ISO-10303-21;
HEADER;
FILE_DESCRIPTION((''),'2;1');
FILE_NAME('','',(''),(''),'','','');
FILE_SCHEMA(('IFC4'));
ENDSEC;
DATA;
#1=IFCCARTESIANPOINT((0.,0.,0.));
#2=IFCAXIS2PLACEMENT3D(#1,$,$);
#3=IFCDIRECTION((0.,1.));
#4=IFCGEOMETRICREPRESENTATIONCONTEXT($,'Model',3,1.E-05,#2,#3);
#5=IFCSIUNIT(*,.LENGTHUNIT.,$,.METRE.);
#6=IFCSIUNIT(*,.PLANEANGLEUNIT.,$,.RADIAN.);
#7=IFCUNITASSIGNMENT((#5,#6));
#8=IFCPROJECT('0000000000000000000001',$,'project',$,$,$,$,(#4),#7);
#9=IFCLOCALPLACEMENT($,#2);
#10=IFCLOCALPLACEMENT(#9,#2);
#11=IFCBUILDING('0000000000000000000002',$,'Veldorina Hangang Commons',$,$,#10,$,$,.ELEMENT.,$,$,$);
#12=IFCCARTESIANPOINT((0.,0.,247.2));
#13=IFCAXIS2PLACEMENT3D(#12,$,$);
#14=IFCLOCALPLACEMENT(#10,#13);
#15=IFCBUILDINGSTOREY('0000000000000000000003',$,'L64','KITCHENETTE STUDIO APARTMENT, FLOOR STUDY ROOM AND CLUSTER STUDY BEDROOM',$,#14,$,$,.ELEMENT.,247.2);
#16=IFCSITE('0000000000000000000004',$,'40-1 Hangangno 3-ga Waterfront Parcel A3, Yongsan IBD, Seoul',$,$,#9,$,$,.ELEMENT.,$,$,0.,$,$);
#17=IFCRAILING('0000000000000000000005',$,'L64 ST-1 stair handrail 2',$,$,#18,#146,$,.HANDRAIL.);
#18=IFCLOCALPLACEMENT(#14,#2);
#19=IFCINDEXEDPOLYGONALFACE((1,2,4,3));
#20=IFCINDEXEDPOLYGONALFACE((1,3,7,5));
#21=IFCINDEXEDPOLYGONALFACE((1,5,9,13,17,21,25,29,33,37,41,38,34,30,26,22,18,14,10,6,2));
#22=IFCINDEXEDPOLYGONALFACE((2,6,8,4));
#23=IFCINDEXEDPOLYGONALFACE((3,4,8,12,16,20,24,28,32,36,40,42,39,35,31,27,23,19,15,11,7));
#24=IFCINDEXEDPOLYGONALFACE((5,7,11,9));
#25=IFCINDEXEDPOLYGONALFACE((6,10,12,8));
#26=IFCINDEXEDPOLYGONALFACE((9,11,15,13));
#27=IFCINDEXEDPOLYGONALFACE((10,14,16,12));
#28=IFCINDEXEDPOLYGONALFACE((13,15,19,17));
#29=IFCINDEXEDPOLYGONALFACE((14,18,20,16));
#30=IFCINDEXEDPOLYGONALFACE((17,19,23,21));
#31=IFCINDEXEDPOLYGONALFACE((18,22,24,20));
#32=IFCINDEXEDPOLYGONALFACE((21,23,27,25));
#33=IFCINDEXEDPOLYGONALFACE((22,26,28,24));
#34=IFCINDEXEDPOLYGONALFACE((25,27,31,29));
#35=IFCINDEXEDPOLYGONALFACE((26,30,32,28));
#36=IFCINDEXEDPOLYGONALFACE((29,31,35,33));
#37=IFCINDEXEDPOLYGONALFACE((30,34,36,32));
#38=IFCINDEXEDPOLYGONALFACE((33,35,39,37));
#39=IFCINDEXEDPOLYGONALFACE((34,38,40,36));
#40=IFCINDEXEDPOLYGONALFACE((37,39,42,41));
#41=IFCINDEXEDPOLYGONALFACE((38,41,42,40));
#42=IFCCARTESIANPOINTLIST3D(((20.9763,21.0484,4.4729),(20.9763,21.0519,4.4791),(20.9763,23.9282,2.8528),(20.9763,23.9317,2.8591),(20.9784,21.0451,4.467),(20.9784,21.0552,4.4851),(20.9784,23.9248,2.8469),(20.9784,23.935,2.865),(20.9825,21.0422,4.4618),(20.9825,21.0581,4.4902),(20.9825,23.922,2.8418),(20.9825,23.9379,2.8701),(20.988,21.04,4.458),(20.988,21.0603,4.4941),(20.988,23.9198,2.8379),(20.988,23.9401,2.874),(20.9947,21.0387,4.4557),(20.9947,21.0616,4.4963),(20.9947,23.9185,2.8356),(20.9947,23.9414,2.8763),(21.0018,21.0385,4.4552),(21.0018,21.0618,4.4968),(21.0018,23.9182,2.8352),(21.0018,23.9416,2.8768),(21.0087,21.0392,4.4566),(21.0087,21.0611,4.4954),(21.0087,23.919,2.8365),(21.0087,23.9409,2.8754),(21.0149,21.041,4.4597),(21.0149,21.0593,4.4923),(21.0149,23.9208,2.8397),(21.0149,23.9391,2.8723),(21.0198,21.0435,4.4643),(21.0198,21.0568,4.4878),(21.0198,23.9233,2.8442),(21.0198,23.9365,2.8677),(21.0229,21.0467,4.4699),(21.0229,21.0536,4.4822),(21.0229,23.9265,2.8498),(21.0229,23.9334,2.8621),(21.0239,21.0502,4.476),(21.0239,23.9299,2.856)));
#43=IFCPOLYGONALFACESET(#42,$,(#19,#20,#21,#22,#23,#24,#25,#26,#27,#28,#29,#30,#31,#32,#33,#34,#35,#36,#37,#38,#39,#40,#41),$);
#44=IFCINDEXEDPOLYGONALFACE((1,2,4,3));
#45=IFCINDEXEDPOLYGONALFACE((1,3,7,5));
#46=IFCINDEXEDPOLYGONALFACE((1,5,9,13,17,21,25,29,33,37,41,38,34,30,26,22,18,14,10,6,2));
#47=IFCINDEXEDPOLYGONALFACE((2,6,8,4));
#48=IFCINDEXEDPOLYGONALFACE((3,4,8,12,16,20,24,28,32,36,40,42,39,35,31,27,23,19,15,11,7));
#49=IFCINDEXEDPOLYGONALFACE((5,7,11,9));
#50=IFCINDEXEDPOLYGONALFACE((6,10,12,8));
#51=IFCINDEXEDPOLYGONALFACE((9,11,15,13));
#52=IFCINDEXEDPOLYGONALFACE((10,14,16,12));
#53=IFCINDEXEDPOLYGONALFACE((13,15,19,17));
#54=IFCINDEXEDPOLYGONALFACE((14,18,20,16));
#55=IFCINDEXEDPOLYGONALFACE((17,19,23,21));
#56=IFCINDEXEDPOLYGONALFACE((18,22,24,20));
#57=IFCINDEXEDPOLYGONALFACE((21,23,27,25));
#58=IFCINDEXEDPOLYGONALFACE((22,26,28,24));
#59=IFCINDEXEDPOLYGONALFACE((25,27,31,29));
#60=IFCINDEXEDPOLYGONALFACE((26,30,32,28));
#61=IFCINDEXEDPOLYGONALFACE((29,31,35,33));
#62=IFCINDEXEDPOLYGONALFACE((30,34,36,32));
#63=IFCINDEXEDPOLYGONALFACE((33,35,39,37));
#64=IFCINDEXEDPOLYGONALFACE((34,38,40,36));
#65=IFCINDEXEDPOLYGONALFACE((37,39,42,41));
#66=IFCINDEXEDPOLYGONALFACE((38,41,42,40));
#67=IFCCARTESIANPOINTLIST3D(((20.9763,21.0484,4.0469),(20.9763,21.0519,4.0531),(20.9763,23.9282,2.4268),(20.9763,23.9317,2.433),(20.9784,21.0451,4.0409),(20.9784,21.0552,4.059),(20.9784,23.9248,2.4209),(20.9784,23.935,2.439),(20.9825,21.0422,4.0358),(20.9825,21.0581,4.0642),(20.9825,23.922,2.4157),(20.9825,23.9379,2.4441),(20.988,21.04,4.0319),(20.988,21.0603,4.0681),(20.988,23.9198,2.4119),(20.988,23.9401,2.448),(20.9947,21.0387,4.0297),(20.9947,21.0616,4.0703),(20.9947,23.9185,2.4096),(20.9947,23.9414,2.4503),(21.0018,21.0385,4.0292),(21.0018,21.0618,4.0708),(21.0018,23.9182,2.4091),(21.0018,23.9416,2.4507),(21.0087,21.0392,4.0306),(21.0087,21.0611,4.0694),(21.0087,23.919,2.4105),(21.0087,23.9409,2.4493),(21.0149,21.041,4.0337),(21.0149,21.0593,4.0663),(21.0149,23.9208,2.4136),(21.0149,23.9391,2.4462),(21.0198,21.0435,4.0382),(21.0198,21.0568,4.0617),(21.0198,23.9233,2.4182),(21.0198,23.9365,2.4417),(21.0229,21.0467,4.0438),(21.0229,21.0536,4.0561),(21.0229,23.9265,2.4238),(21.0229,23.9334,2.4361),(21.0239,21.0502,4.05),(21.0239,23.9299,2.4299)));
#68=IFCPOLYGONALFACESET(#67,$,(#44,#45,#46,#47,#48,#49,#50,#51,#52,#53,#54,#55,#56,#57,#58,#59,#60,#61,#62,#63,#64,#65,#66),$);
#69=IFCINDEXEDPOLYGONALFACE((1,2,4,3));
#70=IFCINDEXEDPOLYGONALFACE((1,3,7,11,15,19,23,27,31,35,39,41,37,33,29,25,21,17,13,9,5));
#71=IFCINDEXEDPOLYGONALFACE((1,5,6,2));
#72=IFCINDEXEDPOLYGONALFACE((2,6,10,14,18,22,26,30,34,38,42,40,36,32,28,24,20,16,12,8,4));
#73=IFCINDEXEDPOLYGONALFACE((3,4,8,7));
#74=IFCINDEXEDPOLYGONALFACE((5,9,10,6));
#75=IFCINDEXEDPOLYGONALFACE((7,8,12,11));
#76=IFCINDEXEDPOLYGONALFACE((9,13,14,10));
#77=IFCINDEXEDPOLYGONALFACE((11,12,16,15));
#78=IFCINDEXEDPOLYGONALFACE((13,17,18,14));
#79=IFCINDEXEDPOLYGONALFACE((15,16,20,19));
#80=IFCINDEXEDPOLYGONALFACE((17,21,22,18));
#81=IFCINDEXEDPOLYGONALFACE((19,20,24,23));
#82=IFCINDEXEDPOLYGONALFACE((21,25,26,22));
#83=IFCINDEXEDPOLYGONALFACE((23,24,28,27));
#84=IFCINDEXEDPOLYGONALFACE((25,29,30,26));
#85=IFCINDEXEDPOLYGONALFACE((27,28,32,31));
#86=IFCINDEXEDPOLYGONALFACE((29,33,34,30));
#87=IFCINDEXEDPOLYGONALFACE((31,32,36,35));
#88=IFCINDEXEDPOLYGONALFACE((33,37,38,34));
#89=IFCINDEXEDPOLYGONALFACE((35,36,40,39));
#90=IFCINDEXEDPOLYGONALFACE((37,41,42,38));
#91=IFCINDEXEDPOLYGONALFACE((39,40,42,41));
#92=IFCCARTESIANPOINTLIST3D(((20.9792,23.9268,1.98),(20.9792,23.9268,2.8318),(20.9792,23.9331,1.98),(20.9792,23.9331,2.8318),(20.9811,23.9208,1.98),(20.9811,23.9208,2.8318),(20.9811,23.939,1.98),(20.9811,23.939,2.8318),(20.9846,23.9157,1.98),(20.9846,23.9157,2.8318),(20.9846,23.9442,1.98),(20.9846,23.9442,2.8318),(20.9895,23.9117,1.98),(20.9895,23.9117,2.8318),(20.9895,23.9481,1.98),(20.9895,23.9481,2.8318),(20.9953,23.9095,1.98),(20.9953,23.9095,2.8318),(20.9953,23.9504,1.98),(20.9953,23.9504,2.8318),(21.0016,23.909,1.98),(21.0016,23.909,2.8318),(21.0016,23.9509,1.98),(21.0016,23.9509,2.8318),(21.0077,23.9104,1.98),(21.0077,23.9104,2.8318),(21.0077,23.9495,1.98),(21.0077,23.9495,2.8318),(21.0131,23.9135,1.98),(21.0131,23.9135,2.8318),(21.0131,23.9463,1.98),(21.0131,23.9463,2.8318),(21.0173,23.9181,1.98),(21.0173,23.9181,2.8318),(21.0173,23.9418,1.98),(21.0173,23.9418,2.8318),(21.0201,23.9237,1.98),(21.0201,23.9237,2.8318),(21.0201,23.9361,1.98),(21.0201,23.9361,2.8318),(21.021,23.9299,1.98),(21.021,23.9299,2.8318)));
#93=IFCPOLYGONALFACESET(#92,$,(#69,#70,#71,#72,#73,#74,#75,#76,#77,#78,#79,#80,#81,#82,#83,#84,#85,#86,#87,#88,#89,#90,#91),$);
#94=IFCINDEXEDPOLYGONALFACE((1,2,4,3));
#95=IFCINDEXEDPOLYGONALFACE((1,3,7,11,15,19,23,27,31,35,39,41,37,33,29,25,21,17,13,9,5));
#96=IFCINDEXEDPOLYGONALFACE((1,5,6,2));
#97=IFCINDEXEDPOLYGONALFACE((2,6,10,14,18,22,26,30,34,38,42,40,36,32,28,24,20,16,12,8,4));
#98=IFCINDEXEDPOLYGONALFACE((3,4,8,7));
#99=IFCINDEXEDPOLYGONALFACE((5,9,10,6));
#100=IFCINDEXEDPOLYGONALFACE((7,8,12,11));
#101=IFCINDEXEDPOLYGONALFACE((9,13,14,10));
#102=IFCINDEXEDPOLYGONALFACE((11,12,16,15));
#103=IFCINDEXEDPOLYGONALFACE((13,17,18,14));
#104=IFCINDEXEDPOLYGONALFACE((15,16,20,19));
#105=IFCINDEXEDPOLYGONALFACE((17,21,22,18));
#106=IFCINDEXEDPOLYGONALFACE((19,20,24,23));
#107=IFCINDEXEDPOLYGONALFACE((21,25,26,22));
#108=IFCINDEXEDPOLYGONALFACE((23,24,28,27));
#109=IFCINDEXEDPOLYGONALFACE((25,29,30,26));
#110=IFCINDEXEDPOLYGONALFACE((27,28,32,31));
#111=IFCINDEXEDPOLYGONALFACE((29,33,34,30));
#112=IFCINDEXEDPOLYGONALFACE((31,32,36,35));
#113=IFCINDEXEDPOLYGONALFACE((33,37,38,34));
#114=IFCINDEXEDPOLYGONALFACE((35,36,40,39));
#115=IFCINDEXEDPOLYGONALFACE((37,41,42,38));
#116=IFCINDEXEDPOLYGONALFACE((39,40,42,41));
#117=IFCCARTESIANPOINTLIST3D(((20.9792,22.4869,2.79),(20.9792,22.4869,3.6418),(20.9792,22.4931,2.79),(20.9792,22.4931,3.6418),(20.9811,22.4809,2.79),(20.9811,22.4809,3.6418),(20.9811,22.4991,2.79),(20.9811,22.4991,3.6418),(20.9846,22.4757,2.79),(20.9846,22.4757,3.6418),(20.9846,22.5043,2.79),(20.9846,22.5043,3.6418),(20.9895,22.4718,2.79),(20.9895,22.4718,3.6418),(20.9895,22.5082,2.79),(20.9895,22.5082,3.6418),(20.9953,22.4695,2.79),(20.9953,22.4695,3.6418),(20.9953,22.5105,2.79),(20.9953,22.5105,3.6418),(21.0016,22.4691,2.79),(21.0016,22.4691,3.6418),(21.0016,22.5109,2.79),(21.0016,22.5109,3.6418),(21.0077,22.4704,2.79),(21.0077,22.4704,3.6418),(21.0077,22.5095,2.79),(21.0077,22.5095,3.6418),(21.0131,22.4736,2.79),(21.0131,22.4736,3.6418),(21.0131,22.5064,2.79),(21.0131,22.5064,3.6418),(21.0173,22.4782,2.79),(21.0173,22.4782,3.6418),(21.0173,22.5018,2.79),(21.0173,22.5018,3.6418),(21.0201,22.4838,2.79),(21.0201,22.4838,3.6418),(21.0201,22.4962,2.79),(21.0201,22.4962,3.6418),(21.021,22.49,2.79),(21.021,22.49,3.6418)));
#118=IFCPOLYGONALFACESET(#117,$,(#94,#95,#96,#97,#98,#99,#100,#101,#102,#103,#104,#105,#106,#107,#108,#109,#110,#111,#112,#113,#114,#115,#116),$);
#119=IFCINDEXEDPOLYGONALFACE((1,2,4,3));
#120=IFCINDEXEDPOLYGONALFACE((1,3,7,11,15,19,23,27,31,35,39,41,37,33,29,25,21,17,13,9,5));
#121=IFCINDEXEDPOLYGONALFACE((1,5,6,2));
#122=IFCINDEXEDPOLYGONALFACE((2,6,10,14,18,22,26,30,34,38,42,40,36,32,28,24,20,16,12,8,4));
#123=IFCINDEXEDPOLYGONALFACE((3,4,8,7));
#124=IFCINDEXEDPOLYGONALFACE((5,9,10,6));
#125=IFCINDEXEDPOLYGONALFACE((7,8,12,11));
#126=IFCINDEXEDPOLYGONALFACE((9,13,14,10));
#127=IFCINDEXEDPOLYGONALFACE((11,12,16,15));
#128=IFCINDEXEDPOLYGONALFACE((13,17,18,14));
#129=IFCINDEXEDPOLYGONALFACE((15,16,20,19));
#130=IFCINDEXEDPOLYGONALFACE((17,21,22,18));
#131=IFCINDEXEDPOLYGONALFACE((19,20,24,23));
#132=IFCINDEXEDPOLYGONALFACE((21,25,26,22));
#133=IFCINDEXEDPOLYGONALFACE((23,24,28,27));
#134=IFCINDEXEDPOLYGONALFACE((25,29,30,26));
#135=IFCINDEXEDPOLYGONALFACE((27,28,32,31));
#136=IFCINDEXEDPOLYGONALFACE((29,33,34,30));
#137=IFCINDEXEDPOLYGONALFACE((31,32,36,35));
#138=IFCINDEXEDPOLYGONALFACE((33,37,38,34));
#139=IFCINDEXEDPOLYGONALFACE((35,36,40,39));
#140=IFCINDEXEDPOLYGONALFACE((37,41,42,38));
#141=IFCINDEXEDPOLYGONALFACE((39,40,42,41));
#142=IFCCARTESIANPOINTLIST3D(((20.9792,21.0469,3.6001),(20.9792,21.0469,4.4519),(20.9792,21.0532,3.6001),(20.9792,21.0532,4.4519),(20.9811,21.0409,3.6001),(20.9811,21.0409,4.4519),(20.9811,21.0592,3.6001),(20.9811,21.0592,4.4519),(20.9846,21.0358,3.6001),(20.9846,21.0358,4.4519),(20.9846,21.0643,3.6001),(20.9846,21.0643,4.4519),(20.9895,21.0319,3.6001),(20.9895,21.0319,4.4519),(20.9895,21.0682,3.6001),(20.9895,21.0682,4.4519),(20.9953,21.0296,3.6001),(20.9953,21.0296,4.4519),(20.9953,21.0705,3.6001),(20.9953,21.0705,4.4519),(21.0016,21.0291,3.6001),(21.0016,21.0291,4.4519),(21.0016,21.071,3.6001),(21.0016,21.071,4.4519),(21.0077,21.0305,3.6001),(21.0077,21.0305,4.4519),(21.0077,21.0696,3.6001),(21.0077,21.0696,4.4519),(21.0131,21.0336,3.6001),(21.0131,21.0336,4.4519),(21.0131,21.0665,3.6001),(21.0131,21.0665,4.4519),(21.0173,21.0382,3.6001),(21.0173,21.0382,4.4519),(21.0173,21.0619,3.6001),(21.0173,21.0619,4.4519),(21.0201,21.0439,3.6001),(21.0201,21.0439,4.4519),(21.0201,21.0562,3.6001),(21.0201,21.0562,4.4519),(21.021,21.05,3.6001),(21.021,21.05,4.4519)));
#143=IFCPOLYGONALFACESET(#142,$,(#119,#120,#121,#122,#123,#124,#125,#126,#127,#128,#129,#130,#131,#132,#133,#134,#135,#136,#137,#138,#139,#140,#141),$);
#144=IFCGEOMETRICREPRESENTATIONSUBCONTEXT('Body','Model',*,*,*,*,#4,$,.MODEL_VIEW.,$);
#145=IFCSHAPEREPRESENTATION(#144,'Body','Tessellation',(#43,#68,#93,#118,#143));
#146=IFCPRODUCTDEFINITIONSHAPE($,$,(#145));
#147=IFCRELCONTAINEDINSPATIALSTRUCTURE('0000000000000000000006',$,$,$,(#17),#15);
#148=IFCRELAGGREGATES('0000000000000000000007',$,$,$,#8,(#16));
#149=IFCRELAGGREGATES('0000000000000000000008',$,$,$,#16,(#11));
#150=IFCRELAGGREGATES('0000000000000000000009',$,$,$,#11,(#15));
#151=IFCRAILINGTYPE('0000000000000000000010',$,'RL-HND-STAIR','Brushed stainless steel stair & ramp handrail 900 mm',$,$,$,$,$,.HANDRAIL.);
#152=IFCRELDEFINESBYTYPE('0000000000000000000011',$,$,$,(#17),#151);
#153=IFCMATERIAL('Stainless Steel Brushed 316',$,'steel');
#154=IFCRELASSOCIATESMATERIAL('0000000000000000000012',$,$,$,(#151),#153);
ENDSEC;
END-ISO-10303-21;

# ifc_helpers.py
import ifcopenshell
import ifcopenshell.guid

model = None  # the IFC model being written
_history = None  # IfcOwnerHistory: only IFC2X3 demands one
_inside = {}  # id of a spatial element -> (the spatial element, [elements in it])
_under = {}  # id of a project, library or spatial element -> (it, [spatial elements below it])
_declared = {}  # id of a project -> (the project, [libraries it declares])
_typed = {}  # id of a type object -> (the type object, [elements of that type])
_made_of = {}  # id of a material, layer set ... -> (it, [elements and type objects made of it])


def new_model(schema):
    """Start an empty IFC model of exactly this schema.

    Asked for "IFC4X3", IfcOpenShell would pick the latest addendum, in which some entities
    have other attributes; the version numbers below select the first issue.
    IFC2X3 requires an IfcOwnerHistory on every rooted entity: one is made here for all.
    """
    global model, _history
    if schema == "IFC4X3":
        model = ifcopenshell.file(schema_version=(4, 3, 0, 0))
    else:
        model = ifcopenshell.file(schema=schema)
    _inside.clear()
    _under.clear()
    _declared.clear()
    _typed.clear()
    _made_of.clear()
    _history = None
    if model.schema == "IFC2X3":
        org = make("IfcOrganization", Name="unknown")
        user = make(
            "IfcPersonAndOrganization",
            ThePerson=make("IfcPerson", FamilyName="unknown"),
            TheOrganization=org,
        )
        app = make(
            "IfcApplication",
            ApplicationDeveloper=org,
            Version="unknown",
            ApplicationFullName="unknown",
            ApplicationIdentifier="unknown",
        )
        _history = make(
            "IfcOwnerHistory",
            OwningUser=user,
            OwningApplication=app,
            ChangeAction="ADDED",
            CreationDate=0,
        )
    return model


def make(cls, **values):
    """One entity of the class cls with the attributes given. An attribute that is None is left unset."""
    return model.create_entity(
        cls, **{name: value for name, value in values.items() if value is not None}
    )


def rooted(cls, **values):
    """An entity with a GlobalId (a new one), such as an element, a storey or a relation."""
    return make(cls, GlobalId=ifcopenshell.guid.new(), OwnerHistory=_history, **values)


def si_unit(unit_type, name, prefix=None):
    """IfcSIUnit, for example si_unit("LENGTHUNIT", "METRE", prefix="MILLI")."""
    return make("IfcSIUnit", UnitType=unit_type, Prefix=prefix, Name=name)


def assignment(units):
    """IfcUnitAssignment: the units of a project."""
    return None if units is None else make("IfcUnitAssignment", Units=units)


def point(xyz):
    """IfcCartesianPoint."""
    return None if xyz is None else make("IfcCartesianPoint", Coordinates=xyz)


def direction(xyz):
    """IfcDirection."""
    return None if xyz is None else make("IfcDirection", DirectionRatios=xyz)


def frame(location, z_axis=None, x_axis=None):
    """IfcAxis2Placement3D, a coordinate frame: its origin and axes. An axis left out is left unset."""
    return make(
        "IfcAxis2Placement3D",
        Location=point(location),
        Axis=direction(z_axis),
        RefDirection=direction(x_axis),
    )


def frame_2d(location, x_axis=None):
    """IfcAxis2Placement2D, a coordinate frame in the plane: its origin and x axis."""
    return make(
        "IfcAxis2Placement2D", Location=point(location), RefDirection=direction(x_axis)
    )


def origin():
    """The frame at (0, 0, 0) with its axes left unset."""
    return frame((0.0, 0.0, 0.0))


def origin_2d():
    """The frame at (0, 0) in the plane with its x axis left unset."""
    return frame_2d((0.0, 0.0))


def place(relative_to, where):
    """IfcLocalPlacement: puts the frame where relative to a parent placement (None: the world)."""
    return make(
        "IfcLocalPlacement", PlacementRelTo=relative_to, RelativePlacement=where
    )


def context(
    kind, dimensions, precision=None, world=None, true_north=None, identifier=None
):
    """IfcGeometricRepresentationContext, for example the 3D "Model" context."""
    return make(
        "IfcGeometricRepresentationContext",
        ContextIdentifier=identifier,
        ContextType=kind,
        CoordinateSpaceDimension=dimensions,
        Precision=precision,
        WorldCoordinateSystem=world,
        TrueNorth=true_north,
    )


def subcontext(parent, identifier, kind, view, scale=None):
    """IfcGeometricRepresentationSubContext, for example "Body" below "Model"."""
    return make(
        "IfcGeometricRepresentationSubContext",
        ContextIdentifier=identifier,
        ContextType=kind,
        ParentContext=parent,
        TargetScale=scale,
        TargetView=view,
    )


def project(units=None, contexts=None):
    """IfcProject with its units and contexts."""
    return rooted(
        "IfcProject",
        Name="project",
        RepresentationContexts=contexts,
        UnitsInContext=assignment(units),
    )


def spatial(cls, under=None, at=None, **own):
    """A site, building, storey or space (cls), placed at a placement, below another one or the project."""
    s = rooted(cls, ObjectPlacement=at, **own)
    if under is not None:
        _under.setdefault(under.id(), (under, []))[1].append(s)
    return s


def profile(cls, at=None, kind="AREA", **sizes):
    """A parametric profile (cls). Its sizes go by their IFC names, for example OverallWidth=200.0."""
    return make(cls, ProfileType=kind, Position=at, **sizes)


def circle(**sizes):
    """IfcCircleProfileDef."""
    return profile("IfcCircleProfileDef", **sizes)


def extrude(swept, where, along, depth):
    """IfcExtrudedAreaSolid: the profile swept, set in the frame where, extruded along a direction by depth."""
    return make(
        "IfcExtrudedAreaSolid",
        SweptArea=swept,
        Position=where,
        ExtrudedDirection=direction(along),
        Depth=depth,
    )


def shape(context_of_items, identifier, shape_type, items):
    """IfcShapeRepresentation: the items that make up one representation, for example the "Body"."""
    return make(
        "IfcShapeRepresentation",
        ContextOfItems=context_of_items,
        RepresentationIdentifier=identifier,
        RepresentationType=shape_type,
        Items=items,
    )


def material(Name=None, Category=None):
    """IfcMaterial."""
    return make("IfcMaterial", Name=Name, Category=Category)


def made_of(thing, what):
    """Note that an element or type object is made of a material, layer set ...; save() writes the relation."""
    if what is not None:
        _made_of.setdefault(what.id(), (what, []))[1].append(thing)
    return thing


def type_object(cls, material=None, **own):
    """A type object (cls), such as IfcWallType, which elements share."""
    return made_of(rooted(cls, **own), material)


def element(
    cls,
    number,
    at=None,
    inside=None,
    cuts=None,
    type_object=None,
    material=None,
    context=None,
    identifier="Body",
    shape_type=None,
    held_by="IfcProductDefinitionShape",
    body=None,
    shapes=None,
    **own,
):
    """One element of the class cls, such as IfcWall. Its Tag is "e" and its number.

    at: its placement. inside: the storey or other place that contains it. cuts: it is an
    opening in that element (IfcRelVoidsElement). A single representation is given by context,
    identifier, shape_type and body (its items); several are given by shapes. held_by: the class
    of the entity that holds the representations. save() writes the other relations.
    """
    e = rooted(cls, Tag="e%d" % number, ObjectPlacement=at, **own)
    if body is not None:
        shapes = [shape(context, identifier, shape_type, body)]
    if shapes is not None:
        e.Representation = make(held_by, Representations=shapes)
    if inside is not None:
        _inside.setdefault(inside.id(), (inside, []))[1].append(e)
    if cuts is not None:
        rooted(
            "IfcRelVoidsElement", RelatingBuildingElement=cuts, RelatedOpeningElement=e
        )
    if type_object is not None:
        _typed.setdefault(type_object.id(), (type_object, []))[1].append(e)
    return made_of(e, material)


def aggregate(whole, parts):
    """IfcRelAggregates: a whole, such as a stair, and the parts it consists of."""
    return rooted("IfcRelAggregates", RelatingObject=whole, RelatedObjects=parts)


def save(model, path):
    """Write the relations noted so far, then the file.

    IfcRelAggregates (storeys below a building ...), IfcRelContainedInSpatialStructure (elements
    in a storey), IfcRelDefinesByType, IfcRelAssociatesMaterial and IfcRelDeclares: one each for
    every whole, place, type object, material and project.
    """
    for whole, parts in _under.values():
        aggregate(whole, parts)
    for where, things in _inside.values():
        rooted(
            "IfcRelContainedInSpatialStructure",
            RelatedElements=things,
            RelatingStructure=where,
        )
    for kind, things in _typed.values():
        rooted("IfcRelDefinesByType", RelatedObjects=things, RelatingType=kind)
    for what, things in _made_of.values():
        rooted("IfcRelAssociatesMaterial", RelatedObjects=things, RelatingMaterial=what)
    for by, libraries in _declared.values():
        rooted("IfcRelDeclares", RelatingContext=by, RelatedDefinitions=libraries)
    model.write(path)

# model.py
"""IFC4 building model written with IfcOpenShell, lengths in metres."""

from ifc_helpers import new_model, si_unit, direction, frame, origin, origin_2d, place, context, subcontext, project, spatial, circle, extrude, material, type_object, element, save


model = new_model("IFC4")

# Units and contexts
model_context = context("Model", 3, precision=1e-05, world=origin(), true_north=direction((0.0, 1.0)))
body_context = subcontext(model_context, "Body", "Model", "MODEL_VIEW")
ifc_project = project(units=[si_unit("LENGTHUNIT", "METRE"), si_unit("PLANEANGLEUNIT", "RADIAN")], contexts=[model_context])

# Site, building, storey
site_placement = place(None, origin())
site = spatial("IfcSite", under=ifc_project, at=site_placement, Name="40-1 Hangangno 3-ga Waterfront Parcel A3, Yongsan IBD, Seoul", CompositionType="ELEMENT", RefElevation=0.0)
building_placement = place(site_placement, origin())
building = spatial("IfcBuilding", under=site, at=building_placement, Name="Veldorina Hangang Commons", CompositionType="ELEMENT")
storey_placement = place(building_placement, frame((0.0, 0.0, 247.2)))
storey = spatial("IfcBuildingStorey", under=building, at=storey_placement, Name="L64", Description="KITCHENETTE STUDIO APARTMENT, FLOOR STUDY ROOM AND CLUSTER STUDY BEDROOM", CompositionType="ELEMENT", Elevation=247.2)

# Railing
ifc_material_1 = material(Name="Stainless Steel Brushed 316", Category="steel")
railing_type_1 = type_object("IfcRailingType", Name="RL-HND-STAIR", Description="Brushed stainless steel stair & ramp handrail 900 mm", PredefinedType="HANDRAIL", material=ifc_material_1)
railing_1_placement = place(storey_placement, frame((21.0, 23.9299, 1.98)))
element("IfcRailing", 1, at=railing_1_placement, inside=storey, type_object=railing_type_1, Name="L64 ST-1 stair handrail 2", PredefinedType="HANDRAIL", context=body_context, shape_type="SweptSolid", body=[
    extrude(circle(Radius=0.0239, at=origin_2d()), frame((0.0, 0.0, 0.876), z_axis=(0.0, -0.871552, 0.490303), x_axis=(1.0, 0.0, 0.0)), (0.0, 0.0, 1.0), 3.3042),
    extrude(circle(Radius=0.0239, at=origin_2d()), frame((0.0, 0.0, 0.45), z_axis=(0.0, -0.871552, 0.490303), x_axis=(1.0, 0.0, 0.0)), (0.0, 0.0, 1.0), 3.3042),
    extrude(circle(Radius=0.021, at=origin_2d()), origin(), (0.0, 0.0, 1.0), 0.8518),
    extrude(circle(Radius=0.021, at=origin_2d()), frame((0.0, -1.4399, 0.8101)), (0.0, 0.0, 1.0), 0.8518),
    extrude(circle(Radius=0.021, at=origin_2d()), frame((0.0, -2.8799, 1.6201)), (0.0, 0.0, 1.0), 0.8518),
])

save(model, "model.ifc")
